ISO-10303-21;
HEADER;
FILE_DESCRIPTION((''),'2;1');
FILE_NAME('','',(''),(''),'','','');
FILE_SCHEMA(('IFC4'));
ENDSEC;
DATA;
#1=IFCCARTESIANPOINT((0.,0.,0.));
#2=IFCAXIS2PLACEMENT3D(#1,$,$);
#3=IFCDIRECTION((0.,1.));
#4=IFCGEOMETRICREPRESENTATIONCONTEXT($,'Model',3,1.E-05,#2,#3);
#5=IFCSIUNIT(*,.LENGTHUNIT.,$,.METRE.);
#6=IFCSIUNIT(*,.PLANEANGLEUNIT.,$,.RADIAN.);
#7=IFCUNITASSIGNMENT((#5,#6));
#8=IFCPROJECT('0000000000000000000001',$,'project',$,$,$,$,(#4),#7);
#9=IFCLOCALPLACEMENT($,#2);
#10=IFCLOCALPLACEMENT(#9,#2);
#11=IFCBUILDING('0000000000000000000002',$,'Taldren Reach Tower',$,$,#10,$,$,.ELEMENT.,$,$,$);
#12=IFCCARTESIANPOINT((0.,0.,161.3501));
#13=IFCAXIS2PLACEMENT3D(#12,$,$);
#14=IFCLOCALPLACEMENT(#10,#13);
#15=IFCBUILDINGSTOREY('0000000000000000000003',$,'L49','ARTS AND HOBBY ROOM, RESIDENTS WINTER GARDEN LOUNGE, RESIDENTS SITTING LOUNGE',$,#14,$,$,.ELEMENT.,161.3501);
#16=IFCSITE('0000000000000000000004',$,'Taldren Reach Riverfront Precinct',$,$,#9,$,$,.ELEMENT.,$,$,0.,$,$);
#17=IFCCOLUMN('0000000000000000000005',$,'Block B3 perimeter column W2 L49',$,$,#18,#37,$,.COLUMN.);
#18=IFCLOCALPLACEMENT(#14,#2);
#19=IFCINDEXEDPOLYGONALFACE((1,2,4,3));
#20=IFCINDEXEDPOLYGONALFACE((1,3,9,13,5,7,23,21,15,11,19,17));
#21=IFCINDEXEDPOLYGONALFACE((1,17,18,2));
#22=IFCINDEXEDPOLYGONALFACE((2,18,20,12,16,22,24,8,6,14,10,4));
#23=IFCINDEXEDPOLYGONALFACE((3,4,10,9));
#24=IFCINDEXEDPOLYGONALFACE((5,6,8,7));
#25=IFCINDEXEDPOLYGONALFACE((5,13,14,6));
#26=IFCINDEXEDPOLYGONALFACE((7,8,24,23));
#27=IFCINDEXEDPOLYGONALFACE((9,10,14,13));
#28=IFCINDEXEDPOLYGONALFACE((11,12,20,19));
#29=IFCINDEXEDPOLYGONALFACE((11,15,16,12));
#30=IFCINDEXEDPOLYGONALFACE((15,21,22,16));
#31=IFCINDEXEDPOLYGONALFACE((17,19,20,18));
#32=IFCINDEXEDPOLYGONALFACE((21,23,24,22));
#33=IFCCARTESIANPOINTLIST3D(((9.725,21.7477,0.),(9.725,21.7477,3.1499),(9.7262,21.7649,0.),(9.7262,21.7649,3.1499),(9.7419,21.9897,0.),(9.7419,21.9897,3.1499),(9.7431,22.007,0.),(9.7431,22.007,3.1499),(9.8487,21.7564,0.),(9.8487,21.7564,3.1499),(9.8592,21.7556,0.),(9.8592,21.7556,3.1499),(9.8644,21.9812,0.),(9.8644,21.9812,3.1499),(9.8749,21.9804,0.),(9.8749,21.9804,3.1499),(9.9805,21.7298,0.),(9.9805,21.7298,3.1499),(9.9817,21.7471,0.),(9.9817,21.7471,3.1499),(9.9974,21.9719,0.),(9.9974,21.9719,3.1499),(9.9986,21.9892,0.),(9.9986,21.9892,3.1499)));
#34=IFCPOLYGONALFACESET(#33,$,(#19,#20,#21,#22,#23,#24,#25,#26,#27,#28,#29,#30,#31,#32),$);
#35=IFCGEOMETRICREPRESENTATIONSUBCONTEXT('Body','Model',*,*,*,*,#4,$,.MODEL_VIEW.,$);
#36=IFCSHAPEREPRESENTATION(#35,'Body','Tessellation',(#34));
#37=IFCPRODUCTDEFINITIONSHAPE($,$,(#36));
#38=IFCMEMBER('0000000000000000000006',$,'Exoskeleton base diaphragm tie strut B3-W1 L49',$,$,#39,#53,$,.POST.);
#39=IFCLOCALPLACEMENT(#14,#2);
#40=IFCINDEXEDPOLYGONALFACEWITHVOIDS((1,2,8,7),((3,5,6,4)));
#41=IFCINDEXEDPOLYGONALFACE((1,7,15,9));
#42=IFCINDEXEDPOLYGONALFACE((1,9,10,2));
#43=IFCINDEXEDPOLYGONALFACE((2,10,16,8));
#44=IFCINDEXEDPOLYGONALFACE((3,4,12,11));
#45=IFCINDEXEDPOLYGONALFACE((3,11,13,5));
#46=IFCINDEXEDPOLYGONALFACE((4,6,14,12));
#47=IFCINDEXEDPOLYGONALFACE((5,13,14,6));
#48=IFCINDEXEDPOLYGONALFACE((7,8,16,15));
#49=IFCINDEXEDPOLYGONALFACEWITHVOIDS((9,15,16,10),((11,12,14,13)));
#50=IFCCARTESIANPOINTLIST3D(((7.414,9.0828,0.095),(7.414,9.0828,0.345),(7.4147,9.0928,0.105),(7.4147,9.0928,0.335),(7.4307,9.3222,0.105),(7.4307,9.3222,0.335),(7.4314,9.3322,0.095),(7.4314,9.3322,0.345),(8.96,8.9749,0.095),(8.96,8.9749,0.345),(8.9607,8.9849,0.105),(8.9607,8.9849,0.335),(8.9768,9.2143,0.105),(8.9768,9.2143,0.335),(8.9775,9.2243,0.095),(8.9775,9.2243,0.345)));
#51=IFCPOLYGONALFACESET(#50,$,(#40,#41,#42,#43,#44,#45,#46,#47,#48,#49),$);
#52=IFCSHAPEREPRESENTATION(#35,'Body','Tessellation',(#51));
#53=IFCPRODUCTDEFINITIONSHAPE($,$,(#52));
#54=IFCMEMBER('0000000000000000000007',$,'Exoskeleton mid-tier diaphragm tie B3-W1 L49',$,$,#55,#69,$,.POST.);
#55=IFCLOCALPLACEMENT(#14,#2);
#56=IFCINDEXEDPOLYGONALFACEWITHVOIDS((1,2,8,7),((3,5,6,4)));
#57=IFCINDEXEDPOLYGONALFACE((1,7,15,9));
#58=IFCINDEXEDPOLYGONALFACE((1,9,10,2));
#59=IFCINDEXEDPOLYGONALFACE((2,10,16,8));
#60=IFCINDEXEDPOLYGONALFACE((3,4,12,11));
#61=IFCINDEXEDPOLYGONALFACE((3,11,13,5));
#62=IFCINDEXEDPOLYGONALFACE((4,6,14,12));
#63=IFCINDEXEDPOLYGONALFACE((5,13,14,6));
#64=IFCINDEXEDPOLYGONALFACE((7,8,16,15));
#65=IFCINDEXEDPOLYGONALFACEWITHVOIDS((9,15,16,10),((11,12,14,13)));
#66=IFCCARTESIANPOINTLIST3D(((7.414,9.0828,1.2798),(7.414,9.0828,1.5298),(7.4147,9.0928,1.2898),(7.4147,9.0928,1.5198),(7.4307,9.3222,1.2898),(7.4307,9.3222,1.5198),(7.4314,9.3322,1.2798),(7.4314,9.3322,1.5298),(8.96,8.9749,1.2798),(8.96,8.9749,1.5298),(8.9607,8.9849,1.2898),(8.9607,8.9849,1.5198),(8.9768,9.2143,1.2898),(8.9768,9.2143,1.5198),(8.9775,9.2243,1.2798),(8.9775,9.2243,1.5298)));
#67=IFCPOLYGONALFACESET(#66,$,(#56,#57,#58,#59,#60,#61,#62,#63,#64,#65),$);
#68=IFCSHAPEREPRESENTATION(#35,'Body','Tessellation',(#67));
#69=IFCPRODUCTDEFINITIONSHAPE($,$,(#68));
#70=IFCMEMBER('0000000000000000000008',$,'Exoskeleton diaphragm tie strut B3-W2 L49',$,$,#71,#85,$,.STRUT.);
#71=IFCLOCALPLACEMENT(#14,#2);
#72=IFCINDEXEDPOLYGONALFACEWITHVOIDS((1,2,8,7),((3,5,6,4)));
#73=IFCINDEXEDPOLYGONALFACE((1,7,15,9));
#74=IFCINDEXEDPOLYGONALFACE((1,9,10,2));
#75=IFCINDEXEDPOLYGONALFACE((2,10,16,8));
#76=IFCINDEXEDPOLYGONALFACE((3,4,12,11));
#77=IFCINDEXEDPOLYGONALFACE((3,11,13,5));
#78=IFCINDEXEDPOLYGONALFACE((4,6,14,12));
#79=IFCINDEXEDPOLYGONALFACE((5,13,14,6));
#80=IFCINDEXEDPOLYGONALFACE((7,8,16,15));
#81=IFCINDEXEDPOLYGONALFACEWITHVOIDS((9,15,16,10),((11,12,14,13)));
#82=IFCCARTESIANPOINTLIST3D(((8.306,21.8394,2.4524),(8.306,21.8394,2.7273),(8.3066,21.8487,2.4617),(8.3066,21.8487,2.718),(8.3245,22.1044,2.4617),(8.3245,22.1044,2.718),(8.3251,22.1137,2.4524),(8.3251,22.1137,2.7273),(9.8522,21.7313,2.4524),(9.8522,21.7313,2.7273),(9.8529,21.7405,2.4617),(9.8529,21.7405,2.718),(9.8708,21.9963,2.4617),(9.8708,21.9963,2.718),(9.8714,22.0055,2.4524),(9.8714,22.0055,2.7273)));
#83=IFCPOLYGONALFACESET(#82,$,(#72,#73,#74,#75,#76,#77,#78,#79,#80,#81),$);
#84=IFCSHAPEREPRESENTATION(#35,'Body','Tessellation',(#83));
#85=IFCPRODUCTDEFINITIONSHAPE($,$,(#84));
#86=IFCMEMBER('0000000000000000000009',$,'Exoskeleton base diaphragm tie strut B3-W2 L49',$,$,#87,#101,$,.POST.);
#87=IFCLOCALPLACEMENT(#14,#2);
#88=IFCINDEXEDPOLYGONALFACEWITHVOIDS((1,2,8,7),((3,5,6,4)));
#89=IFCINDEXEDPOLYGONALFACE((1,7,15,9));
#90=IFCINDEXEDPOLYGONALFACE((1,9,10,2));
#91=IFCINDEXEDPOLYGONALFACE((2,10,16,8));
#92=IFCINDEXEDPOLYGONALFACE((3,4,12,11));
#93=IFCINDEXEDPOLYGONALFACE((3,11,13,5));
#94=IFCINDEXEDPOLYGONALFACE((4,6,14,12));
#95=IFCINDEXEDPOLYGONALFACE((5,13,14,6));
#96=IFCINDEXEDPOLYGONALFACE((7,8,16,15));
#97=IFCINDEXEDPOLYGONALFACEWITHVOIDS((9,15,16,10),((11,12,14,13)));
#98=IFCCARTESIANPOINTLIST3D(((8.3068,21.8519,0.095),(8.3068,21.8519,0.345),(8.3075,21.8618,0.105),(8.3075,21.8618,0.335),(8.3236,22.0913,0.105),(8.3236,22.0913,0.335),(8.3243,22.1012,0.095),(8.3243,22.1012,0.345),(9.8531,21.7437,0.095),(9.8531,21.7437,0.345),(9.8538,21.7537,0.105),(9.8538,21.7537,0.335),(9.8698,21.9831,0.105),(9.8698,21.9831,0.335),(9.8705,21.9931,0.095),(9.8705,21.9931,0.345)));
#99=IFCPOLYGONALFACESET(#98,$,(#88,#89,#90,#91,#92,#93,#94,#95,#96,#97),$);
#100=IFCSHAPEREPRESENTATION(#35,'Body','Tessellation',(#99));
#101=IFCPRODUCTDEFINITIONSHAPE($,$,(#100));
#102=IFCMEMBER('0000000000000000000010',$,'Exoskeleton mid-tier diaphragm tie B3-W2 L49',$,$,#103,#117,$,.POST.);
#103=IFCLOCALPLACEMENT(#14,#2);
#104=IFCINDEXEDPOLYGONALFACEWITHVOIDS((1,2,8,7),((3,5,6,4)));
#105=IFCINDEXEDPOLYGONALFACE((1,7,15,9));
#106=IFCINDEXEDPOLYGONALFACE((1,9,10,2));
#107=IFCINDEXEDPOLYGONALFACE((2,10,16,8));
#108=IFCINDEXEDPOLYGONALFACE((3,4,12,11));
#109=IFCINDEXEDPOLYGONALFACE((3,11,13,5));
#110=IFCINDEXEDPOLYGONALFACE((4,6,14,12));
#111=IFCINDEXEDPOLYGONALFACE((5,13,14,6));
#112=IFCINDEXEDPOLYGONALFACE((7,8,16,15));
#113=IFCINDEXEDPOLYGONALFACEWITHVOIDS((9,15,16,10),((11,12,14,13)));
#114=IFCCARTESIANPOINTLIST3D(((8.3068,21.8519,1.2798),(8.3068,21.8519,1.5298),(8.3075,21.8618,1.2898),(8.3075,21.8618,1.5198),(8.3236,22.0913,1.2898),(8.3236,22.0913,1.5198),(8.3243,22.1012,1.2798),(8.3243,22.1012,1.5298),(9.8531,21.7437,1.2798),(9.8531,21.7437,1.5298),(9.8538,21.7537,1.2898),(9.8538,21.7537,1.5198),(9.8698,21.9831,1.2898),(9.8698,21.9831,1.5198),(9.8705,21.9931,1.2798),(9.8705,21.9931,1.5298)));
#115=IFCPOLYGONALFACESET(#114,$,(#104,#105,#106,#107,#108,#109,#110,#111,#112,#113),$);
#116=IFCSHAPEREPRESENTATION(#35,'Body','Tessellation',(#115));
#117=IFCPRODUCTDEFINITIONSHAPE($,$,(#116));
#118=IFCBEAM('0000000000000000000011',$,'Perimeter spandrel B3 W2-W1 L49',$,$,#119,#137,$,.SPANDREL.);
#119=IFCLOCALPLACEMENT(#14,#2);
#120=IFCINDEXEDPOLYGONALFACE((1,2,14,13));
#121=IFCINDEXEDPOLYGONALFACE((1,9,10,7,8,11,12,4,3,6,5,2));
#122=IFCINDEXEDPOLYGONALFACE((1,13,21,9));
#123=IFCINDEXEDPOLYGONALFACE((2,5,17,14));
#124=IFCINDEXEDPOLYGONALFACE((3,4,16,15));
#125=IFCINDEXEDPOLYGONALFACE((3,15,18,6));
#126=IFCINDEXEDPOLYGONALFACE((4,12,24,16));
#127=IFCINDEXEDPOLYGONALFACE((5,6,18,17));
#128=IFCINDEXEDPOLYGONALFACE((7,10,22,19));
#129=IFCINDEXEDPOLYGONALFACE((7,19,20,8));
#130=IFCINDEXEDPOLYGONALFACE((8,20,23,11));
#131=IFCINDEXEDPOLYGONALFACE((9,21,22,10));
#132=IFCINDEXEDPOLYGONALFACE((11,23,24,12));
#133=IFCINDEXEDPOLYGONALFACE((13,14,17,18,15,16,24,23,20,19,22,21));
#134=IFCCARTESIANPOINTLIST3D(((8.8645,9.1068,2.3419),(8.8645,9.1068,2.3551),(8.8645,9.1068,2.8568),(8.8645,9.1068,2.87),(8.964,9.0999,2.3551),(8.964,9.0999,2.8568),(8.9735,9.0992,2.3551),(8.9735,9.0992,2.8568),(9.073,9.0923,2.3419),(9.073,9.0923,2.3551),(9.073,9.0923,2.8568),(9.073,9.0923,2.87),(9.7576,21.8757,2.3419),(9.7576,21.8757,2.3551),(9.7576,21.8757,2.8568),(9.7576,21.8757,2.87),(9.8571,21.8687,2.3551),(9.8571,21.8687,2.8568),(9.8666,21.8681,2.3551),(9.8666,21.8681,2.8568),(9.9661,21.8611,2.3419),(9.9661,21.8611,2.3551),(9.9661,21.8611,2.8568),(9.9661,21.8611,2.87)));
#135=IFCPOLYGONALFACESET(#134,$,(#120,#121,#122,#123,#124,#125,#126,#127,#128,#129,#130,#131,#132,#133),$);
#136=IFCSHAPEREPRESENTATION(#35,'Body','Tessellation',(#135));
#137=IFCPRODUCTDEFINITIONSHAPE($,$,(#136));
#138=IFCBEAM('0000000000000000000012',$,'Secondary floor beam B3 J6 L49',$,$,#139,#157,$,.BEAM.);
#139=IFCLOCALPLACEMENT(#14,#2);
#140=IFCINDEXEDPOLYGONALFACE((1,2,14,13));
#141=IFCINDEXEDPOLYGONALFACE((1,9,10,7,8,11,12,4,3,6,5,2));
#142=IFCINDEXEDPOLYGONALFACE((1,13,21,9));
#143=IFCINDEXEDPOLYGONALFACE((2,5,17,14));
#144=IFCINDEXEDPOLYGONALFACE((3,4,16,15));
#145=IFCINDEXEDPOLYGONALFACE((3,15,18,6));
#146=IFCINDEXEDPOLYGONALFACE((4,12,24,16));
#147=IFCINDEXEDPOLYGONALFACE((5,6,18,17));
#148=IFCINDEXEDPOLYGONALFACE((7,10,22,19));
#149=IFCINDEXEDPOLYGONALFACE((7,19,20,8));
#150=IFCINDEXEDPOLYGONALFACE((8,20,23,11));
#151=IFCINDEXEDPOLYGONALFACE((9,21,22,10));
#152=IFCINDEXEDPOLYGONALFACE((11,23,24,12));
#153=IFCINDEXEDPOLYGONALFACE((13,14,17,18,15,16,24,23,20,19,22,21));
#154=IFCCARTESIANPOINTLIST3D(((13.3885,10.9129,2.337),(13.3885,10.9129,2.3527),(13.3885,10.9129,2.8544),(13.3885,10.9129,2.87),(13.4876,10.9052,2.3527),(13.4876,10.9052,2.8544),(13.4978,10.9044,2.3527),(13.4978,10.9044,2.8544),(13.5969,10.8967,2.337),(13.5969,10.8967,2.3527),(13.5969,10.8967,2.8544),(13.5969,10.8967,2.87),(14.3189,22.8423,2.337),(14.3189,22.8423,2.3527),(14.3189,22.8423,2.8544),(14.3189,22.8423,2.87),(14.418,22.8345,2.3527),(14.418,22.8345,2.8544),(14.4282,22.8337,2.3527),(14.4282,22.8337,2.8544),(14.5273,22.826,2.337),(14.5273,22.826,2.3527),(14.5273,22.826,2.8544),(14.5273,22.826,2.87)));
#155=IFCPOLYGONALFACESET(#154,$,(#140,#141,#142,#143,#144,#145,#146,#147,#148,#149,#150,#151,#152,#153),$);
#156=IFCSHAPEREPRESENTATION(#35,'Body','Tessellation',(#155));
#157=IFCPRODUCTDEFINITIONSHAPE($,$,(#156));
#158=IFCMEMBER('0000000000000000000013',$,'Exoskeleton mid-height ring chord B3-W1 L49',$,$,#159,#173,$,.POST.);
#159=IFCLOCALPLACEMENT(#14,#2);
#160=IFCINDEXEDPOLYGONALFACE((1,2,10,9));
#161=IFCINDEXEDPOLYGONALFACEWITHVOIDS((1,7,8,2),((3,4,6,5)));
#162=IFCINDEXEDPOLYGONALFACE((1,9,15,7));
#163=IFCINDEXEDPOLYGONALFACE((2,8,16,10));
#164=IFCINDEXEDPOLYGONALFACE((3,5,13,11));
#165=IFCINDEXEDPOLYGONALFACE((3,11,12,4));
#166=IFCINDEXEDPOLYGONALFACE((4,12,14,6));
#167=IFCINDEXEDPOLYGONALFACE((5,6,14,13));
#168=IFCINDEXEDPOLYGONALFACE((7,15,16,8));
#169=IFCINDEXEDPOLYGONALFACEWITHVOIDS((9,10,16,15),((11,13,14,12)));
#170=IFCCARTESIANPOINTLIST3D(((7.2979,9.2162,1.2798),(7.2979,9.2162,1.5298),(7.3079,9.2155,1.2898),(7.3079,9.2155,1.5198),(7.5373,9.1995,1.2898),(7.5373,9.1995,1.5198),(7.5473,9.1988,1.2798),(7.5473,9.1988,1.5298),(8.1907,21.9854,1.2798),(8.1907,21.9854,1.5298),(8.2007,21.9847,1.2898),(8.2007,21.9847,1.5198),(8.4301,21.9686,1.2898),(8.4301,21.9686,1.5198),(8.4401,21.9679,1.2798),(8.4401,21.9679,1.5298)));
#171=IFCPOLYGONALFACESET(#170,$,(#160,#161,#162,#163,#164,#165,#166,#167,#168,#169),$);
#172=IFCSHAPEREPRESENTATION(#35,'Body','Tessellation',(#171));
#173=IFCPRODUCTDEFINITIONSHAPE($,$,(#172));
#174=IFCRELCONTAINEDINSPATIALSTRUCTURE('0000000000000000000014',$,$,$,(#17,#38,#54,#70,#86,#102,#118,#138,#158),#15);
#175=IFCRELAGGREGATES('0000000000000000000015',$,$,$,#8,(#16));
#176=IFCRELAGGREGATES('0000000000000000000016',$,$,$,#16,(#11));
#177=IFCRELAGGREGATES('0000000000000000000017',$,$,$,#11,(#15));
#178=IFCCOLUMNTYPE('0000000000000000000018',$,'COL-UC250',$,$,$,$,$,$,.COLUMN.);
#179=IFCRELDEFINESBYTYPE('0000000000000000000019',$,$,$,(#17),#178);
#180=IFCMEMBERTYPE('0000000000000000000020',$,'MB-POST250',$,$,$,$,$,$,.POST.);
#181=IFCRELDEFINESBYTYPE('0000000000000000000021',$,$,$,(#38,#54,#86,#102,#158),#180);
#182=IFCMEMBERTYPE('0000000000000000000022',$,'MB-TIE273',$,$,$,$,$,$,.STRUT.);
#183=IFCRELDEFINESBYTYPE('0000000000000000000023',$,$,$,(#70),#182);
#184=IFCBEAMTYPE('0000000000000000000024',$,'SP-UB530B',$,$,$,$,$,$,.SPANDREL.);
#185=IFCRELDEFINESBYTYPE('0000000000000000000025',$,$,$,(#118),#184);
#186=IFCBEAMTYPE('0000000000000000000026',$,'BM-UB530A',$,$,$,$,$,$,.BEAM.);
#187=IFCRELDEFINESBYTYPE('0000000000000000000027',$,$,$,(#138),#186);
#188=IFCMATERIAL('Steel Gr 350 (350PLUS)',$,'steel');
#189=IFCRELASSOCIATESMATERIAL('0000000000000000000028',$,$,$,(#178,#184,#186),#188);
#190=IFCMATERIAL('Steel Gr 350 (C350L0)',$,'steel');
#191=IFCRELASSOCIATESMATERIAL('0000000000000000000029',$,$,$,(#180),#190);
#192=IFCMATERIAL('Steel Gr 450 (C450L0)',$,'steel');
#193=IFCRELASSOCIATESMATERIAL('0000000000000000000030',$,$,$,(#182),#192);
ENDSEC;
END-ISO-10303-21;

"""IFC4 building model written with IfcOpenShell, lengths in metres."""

from ifc_helpers import new_model, si_unit, direction, frame, origin, origin_2d, place, context, subcontext, project, spatial, hollow_rectangle, i_section, extrude, source, transform, mapped, material, material_profile, profile_set, type_object, element, save


model = new_model("IFC4")

# Units and contexts
model_context = context("Model", 3, precision=1e-05, world=origin(), true_north=direction((0.0, 1.0)))
body_context = subcontext(model_context, "Body", "Model", "MODEL_VIEW")
ifc_project = project(units=[si_unit("LENGTHUNIT", "METRE"), si_unit("PLANEANGLEUNIT", "RADIAN")], contexts=[model_context])

# Site, building, storey
site_placement = place(None, origin())
site = spatial("IfcSite", under=ifc_project, at=site_placement, Name="Taldren Reach Riverfront Precinct", CompositionType="ELEMENT", RefElevation=0.0)
building_placement = place(site_placement, origin())
building = spatial("IfcBuilding", under=site, at=building_placement, Name="Taldren Reach Tower", CompositionType="ELEMENT")
storey_placement = place(building_placement, frame((0.0, 0.0, 161.3501)))
storey = spatial("IfcBuildingStorey", under=building, at=storey_placement, Name="L49", Description="ARTS AND HOBBY ROOM, RESIDENTS WINTER GARDEN LOUNGE, RESIDENTS SITTING LOUNGE", CompositionType="ELEMENT", Elevation=161.3501)

# Column
ifc_material_1 = material(Name="Steel Gr 350 (350PLUS)", Category="steel")
ifc_material_profile_1 = material_profile(ifc_material_1, i_section(OverallWidth=0.2561, OverallDepth=0.26, WebThickness=0.0105, FlangeThickness=0.0173, at=origin_2d()), Name="250UC89.5")
ifc_profile_set_1 = profile_set([ifc_material_profile_1], Name="Steel Gr 350 (350PLUS)")
column_type = type_object("IfcColumnType", Name="COL-UC250", PredefinedType="COLUMN", material=ifc_profile_set_1)
shared_shape_1 = source(origin(), body_context, "Body", "SweptSolid", [
    extrude(i_section(OverallWidth=0.2561, OverallDepth=0.26, WebThickness=0.0105, FlangeThickness=0.0173, at=origin_2d()), origin(), (0.0, 0.0, 1.0), 3.1499),
])
column_placement = place(storey_placement, frame((9.8618, 21.8684, 0.0), z_axis=(0.0, 0.0, 1.0), x_axis=(0.997564, -0.069756, 0.0)))
element("IfcColumn", 1, at=column_placement, inside=storey, type_object=column_type, Name="Block B3 perimeter column W2 L49", PredefinedType="COLUMN", context=body_context, shape_type="MappedRepresentation", body=[
    mapped(shared_shape_1, transform((0.0, 0.0, 0.0), scale=1.0)),
])

# Members
ifc_material_2 = material(Name="Steel Gr 350 (C350L0)", Category="steel")
ifc_material_profile_2 = material_profile(ifc_material_2, hollow_rectangle(XDim=0.25, YDim=0.25, WallThickness=0.01, at=origin_2d()), Name="250x250x10.0SHS")
ifc_profile_set_2 = profile_set([ifc_material_profile_2], Name="Steel Gr 350 (C350L0)")
member_type_1 = type_object("IfcMemberType", Name="MB-POST250", PredefinedType="POST", material=ifc_profile_set_2)
shared_shape_2 = source(origin(), body_context, "Body", "SweptSolid", [
    extrude(hollow_rectangle(XDim=0.25, YDim=0.25, WallThickness=0.01, at=origin_2d()), origin(), (0.0, 0.0, 1.0), 1.5498),
])
for number, where, z_axis, x_axis, name in (
    (2, (8.9688, 9.0996, 0.22), (-0.997573, 0.069624, 0.0), (-0.069624, -0.997573, 0.0), "Exoskeleton base diaphragm tie strut B3-W1 L49"),
    (3, (8.9688, 9.0996, 1.4048), (-0.997573, 0.069624, 0.0), (-0.069624, -0.997573, 0.0), "Exoskeleton mid-tier diaphragm tie B3-W1 L49"),
):
    element("IfcMember", number, at=place(storey_placement, frame(where, z_axis=z_axis, x_axis=x_axis)), inside=storey, type_object=member_type_1, Name=name, PredefinedType="POST", context=body_context, shape_type="MappedRepresentation", body=[
        mapped(shared_shape_2, transform((0.0, 0.0, 0.0), scale=1.0)),
    ])
ifc_material_3 = material(Name="Steel Gr 450 (C450L0)", Category="steel")
ifc_material_profile_3 = material_profile(ifc_material_3, hollow_rectangle(XDim=0.2749, YDim=0.2749, WallThickness=0.0093, at=origin_2d()), Name="275x275x9.3SHS")
ifc_profile_set_3 = profile_set([ifc_material_profile_3], Name="Steel Gr 450 (C450L0)")
member_type_2 = type_object("IfcMemberType", Name="MB-TIE273", PredefinedType="STRUT", material=ifc_profile_set_3)
shared_shape_3 = source(origin(), body_context, "Body", "SweptSolid", [
    extrude(hollow_rectangle(XDim=0.2749, YDim=0.2749, WallThickness=0.0093, at=origin_2d()), origin(), (0.0, 0.0, 1.0), 1.55),
])
member_1_placement = place(storey_placement, frame((9.8618, 21.8684, 2.5898), z_axis=(-0.997563, 0.06977, 0.0), x_axis=(-0.06977, -0.997563, 0.0)))
element("IfcMember", 4, at=member_1_placement, inside=storey, type_object=member_type_2, Name="Exoskeleton diaphragm tie strut B3-W2 L49", PredefinedType="STRUT", context=body_context, shape_type="MappedRepresentation", body=[
    mapped(shared_shape_3, transform((0.0, 0.0, 0.0), scale=1.0)),
])
shared_shape_4 = source(origin(), body_context, "Body", "SweptSolid", [
    extrude(hollow_rectangle(XDim=0.25, YDim=0.25, WallThickness=0.01, at=origin_2d()), origin(), (0.0, 0.0, 1.0), 1.55),
])
for number, where, z_axis, x_axis, name in (
    (5, (9.8618, 21.8684, 0.22), (-0.997563, 0.06977, 0.0), (-0.06977, -0.997563, 0.0), "Exoskeleton base diaphragm tie strut B3-W2 L49"),
    (6, (9.8618, 21.8684, 1.4048), (-0.997563, 0.06977, 0.0), (-0.06977, -0.997563, 0.0), "Exoskeleton mid-tier diaphragm tie B3-W2 L49"),
):
    element("IfcMember", number, at=place(storey_placement, frame(where, z_axis=z_axis, x_axis=x_axis)), inside=storey, type_object=member_type_1, Name=name, PredefinedType="POST", context=body_context, shape_type="MappedRepresentation", body=[
        mapped(shared_shape_4, transform((0.0, 0.0, 0.0), scale=1.0)),
    ])

# Beams
ifc_material_profile_4 = material_profile(ifc_material_1, i_section(OverallWidth=0.209, OverallDepth=0.5281, WebThickness=0.0095, FlangeThickness=0.0132, at=origin_2d()), Name="530UB82.0")
ifc_profile_set_4 = profile_set([ifc_material_profile_4], Name="Steel Gr 350 (350PLUS)")
beam_type_1 = type_object("IfcBeamType", Name="SP-UB530B", PredefinedType="SPANDREL", material=ifc_profile_set_4)
shared_shape_5 = source(origin(), body_context, "Body", "SweptSolid", [
    extrude(i_section(OverallWidth=0.209, OverallDepth=0.5281, WebThickness=0.0095, FlangeThickness=0.0132, at=origin_2d()), origin(), (0.0, 0.0, 1.0), 12.8),
])
beam_1_placement = place(storey_placement, frame((9.8618, 21.8684, 2.606), z_axis=(-0.069771, -0.997563, 0.0), x_axis=(0.997563, -0.069771, 0.0)))
element("IfcBeam", 7, at=beam_1_placement, inside=storey, type_object=beam_type_1, Name="Perimeter spandrel B3 W2-W1 L49", PredefinedType="SPANDREL", context=body_context, shape_type="MappedRepresentation", body=[
    mapped(shared_shape_5, transform((0.0, 0.0, 0.0), scale=1.0)),
])
ifc_material_profile_5 = material_profile(ifc_material_1, i_section(OverallWidth=0.209, OverallDepth=0.533, WebThickness=0.0103, FlangeThickness=0.0156, at=origin_2d()), Name="530UB92.4")
ifc_profile_set_5 = profile_set([ifc_material_profile_5], Name="Steel Gr 350 (350PLUS)")
beam_type_2 = type_object("IfcBeamType", Name="BM-UB530A", PredefinedType="BEAM", material=ifc_profile_set_5)
shared_shape_6 = source(origin(), body_context, "Body", "SweptSolid", [
    extrude(i_section(OverallWidth=0.209, OverallDepth=0.533, WebThickness=0.0103, FlangeThickness=0.0156, at=origin_2d()), origin(), (0.0, 0.0, 1.0), 11.9656),
])
beam_2_placement = place(storey_placement, frame((13.4927, 10.9048, 2.6035), z_axis=(0.077757, 0.996972, 0.0), x_axis=(-0.996972, 0.077757, 0.0)))
element("IfcBeam", 8, at=beam_2_placement, inside=storey, type_object=beam_type_2, Name="Secondary floor beam B3 J6 L49", PredefinedType="BEAM", context=body_context, shape_type="MappedRepresentation", body=[
    mapped(shared_shape_6, transform((0.0, 0.0, 0.0), scale=1.0)),
])

# Member
shared_shape_7 = source(origin(), body_context, "Body", "SweptSolid", [
    extrude(hollow_rectangle(XDim=0.25, YDim=0.25, WallThickness=0.01, at=origin_2d()), origin(), (0.0, 0.0, 1.0), 12.8003),
])
member_2_placement = place(storey_placement, frame((7.4226, 9.2075, 1.4048), z_axis=(0.069751, 0.997564, 0.0), x_axis=(-0.997564, 0.069751, 0.0)))
element("IfcMember", 9, at=member_2_placement, inside=storey, type_object=member_type_1, Name="Exoskeleton mid-height ring chord B3-W1 L49", PredefinedType="POST", context=body_context, shape_type="MappedRepresentation", body=[
    mapped(shared_shape_7, transform((0.0, 0.0, 0.0), scale=1.0)),
])

save(model, "model.ifc")
